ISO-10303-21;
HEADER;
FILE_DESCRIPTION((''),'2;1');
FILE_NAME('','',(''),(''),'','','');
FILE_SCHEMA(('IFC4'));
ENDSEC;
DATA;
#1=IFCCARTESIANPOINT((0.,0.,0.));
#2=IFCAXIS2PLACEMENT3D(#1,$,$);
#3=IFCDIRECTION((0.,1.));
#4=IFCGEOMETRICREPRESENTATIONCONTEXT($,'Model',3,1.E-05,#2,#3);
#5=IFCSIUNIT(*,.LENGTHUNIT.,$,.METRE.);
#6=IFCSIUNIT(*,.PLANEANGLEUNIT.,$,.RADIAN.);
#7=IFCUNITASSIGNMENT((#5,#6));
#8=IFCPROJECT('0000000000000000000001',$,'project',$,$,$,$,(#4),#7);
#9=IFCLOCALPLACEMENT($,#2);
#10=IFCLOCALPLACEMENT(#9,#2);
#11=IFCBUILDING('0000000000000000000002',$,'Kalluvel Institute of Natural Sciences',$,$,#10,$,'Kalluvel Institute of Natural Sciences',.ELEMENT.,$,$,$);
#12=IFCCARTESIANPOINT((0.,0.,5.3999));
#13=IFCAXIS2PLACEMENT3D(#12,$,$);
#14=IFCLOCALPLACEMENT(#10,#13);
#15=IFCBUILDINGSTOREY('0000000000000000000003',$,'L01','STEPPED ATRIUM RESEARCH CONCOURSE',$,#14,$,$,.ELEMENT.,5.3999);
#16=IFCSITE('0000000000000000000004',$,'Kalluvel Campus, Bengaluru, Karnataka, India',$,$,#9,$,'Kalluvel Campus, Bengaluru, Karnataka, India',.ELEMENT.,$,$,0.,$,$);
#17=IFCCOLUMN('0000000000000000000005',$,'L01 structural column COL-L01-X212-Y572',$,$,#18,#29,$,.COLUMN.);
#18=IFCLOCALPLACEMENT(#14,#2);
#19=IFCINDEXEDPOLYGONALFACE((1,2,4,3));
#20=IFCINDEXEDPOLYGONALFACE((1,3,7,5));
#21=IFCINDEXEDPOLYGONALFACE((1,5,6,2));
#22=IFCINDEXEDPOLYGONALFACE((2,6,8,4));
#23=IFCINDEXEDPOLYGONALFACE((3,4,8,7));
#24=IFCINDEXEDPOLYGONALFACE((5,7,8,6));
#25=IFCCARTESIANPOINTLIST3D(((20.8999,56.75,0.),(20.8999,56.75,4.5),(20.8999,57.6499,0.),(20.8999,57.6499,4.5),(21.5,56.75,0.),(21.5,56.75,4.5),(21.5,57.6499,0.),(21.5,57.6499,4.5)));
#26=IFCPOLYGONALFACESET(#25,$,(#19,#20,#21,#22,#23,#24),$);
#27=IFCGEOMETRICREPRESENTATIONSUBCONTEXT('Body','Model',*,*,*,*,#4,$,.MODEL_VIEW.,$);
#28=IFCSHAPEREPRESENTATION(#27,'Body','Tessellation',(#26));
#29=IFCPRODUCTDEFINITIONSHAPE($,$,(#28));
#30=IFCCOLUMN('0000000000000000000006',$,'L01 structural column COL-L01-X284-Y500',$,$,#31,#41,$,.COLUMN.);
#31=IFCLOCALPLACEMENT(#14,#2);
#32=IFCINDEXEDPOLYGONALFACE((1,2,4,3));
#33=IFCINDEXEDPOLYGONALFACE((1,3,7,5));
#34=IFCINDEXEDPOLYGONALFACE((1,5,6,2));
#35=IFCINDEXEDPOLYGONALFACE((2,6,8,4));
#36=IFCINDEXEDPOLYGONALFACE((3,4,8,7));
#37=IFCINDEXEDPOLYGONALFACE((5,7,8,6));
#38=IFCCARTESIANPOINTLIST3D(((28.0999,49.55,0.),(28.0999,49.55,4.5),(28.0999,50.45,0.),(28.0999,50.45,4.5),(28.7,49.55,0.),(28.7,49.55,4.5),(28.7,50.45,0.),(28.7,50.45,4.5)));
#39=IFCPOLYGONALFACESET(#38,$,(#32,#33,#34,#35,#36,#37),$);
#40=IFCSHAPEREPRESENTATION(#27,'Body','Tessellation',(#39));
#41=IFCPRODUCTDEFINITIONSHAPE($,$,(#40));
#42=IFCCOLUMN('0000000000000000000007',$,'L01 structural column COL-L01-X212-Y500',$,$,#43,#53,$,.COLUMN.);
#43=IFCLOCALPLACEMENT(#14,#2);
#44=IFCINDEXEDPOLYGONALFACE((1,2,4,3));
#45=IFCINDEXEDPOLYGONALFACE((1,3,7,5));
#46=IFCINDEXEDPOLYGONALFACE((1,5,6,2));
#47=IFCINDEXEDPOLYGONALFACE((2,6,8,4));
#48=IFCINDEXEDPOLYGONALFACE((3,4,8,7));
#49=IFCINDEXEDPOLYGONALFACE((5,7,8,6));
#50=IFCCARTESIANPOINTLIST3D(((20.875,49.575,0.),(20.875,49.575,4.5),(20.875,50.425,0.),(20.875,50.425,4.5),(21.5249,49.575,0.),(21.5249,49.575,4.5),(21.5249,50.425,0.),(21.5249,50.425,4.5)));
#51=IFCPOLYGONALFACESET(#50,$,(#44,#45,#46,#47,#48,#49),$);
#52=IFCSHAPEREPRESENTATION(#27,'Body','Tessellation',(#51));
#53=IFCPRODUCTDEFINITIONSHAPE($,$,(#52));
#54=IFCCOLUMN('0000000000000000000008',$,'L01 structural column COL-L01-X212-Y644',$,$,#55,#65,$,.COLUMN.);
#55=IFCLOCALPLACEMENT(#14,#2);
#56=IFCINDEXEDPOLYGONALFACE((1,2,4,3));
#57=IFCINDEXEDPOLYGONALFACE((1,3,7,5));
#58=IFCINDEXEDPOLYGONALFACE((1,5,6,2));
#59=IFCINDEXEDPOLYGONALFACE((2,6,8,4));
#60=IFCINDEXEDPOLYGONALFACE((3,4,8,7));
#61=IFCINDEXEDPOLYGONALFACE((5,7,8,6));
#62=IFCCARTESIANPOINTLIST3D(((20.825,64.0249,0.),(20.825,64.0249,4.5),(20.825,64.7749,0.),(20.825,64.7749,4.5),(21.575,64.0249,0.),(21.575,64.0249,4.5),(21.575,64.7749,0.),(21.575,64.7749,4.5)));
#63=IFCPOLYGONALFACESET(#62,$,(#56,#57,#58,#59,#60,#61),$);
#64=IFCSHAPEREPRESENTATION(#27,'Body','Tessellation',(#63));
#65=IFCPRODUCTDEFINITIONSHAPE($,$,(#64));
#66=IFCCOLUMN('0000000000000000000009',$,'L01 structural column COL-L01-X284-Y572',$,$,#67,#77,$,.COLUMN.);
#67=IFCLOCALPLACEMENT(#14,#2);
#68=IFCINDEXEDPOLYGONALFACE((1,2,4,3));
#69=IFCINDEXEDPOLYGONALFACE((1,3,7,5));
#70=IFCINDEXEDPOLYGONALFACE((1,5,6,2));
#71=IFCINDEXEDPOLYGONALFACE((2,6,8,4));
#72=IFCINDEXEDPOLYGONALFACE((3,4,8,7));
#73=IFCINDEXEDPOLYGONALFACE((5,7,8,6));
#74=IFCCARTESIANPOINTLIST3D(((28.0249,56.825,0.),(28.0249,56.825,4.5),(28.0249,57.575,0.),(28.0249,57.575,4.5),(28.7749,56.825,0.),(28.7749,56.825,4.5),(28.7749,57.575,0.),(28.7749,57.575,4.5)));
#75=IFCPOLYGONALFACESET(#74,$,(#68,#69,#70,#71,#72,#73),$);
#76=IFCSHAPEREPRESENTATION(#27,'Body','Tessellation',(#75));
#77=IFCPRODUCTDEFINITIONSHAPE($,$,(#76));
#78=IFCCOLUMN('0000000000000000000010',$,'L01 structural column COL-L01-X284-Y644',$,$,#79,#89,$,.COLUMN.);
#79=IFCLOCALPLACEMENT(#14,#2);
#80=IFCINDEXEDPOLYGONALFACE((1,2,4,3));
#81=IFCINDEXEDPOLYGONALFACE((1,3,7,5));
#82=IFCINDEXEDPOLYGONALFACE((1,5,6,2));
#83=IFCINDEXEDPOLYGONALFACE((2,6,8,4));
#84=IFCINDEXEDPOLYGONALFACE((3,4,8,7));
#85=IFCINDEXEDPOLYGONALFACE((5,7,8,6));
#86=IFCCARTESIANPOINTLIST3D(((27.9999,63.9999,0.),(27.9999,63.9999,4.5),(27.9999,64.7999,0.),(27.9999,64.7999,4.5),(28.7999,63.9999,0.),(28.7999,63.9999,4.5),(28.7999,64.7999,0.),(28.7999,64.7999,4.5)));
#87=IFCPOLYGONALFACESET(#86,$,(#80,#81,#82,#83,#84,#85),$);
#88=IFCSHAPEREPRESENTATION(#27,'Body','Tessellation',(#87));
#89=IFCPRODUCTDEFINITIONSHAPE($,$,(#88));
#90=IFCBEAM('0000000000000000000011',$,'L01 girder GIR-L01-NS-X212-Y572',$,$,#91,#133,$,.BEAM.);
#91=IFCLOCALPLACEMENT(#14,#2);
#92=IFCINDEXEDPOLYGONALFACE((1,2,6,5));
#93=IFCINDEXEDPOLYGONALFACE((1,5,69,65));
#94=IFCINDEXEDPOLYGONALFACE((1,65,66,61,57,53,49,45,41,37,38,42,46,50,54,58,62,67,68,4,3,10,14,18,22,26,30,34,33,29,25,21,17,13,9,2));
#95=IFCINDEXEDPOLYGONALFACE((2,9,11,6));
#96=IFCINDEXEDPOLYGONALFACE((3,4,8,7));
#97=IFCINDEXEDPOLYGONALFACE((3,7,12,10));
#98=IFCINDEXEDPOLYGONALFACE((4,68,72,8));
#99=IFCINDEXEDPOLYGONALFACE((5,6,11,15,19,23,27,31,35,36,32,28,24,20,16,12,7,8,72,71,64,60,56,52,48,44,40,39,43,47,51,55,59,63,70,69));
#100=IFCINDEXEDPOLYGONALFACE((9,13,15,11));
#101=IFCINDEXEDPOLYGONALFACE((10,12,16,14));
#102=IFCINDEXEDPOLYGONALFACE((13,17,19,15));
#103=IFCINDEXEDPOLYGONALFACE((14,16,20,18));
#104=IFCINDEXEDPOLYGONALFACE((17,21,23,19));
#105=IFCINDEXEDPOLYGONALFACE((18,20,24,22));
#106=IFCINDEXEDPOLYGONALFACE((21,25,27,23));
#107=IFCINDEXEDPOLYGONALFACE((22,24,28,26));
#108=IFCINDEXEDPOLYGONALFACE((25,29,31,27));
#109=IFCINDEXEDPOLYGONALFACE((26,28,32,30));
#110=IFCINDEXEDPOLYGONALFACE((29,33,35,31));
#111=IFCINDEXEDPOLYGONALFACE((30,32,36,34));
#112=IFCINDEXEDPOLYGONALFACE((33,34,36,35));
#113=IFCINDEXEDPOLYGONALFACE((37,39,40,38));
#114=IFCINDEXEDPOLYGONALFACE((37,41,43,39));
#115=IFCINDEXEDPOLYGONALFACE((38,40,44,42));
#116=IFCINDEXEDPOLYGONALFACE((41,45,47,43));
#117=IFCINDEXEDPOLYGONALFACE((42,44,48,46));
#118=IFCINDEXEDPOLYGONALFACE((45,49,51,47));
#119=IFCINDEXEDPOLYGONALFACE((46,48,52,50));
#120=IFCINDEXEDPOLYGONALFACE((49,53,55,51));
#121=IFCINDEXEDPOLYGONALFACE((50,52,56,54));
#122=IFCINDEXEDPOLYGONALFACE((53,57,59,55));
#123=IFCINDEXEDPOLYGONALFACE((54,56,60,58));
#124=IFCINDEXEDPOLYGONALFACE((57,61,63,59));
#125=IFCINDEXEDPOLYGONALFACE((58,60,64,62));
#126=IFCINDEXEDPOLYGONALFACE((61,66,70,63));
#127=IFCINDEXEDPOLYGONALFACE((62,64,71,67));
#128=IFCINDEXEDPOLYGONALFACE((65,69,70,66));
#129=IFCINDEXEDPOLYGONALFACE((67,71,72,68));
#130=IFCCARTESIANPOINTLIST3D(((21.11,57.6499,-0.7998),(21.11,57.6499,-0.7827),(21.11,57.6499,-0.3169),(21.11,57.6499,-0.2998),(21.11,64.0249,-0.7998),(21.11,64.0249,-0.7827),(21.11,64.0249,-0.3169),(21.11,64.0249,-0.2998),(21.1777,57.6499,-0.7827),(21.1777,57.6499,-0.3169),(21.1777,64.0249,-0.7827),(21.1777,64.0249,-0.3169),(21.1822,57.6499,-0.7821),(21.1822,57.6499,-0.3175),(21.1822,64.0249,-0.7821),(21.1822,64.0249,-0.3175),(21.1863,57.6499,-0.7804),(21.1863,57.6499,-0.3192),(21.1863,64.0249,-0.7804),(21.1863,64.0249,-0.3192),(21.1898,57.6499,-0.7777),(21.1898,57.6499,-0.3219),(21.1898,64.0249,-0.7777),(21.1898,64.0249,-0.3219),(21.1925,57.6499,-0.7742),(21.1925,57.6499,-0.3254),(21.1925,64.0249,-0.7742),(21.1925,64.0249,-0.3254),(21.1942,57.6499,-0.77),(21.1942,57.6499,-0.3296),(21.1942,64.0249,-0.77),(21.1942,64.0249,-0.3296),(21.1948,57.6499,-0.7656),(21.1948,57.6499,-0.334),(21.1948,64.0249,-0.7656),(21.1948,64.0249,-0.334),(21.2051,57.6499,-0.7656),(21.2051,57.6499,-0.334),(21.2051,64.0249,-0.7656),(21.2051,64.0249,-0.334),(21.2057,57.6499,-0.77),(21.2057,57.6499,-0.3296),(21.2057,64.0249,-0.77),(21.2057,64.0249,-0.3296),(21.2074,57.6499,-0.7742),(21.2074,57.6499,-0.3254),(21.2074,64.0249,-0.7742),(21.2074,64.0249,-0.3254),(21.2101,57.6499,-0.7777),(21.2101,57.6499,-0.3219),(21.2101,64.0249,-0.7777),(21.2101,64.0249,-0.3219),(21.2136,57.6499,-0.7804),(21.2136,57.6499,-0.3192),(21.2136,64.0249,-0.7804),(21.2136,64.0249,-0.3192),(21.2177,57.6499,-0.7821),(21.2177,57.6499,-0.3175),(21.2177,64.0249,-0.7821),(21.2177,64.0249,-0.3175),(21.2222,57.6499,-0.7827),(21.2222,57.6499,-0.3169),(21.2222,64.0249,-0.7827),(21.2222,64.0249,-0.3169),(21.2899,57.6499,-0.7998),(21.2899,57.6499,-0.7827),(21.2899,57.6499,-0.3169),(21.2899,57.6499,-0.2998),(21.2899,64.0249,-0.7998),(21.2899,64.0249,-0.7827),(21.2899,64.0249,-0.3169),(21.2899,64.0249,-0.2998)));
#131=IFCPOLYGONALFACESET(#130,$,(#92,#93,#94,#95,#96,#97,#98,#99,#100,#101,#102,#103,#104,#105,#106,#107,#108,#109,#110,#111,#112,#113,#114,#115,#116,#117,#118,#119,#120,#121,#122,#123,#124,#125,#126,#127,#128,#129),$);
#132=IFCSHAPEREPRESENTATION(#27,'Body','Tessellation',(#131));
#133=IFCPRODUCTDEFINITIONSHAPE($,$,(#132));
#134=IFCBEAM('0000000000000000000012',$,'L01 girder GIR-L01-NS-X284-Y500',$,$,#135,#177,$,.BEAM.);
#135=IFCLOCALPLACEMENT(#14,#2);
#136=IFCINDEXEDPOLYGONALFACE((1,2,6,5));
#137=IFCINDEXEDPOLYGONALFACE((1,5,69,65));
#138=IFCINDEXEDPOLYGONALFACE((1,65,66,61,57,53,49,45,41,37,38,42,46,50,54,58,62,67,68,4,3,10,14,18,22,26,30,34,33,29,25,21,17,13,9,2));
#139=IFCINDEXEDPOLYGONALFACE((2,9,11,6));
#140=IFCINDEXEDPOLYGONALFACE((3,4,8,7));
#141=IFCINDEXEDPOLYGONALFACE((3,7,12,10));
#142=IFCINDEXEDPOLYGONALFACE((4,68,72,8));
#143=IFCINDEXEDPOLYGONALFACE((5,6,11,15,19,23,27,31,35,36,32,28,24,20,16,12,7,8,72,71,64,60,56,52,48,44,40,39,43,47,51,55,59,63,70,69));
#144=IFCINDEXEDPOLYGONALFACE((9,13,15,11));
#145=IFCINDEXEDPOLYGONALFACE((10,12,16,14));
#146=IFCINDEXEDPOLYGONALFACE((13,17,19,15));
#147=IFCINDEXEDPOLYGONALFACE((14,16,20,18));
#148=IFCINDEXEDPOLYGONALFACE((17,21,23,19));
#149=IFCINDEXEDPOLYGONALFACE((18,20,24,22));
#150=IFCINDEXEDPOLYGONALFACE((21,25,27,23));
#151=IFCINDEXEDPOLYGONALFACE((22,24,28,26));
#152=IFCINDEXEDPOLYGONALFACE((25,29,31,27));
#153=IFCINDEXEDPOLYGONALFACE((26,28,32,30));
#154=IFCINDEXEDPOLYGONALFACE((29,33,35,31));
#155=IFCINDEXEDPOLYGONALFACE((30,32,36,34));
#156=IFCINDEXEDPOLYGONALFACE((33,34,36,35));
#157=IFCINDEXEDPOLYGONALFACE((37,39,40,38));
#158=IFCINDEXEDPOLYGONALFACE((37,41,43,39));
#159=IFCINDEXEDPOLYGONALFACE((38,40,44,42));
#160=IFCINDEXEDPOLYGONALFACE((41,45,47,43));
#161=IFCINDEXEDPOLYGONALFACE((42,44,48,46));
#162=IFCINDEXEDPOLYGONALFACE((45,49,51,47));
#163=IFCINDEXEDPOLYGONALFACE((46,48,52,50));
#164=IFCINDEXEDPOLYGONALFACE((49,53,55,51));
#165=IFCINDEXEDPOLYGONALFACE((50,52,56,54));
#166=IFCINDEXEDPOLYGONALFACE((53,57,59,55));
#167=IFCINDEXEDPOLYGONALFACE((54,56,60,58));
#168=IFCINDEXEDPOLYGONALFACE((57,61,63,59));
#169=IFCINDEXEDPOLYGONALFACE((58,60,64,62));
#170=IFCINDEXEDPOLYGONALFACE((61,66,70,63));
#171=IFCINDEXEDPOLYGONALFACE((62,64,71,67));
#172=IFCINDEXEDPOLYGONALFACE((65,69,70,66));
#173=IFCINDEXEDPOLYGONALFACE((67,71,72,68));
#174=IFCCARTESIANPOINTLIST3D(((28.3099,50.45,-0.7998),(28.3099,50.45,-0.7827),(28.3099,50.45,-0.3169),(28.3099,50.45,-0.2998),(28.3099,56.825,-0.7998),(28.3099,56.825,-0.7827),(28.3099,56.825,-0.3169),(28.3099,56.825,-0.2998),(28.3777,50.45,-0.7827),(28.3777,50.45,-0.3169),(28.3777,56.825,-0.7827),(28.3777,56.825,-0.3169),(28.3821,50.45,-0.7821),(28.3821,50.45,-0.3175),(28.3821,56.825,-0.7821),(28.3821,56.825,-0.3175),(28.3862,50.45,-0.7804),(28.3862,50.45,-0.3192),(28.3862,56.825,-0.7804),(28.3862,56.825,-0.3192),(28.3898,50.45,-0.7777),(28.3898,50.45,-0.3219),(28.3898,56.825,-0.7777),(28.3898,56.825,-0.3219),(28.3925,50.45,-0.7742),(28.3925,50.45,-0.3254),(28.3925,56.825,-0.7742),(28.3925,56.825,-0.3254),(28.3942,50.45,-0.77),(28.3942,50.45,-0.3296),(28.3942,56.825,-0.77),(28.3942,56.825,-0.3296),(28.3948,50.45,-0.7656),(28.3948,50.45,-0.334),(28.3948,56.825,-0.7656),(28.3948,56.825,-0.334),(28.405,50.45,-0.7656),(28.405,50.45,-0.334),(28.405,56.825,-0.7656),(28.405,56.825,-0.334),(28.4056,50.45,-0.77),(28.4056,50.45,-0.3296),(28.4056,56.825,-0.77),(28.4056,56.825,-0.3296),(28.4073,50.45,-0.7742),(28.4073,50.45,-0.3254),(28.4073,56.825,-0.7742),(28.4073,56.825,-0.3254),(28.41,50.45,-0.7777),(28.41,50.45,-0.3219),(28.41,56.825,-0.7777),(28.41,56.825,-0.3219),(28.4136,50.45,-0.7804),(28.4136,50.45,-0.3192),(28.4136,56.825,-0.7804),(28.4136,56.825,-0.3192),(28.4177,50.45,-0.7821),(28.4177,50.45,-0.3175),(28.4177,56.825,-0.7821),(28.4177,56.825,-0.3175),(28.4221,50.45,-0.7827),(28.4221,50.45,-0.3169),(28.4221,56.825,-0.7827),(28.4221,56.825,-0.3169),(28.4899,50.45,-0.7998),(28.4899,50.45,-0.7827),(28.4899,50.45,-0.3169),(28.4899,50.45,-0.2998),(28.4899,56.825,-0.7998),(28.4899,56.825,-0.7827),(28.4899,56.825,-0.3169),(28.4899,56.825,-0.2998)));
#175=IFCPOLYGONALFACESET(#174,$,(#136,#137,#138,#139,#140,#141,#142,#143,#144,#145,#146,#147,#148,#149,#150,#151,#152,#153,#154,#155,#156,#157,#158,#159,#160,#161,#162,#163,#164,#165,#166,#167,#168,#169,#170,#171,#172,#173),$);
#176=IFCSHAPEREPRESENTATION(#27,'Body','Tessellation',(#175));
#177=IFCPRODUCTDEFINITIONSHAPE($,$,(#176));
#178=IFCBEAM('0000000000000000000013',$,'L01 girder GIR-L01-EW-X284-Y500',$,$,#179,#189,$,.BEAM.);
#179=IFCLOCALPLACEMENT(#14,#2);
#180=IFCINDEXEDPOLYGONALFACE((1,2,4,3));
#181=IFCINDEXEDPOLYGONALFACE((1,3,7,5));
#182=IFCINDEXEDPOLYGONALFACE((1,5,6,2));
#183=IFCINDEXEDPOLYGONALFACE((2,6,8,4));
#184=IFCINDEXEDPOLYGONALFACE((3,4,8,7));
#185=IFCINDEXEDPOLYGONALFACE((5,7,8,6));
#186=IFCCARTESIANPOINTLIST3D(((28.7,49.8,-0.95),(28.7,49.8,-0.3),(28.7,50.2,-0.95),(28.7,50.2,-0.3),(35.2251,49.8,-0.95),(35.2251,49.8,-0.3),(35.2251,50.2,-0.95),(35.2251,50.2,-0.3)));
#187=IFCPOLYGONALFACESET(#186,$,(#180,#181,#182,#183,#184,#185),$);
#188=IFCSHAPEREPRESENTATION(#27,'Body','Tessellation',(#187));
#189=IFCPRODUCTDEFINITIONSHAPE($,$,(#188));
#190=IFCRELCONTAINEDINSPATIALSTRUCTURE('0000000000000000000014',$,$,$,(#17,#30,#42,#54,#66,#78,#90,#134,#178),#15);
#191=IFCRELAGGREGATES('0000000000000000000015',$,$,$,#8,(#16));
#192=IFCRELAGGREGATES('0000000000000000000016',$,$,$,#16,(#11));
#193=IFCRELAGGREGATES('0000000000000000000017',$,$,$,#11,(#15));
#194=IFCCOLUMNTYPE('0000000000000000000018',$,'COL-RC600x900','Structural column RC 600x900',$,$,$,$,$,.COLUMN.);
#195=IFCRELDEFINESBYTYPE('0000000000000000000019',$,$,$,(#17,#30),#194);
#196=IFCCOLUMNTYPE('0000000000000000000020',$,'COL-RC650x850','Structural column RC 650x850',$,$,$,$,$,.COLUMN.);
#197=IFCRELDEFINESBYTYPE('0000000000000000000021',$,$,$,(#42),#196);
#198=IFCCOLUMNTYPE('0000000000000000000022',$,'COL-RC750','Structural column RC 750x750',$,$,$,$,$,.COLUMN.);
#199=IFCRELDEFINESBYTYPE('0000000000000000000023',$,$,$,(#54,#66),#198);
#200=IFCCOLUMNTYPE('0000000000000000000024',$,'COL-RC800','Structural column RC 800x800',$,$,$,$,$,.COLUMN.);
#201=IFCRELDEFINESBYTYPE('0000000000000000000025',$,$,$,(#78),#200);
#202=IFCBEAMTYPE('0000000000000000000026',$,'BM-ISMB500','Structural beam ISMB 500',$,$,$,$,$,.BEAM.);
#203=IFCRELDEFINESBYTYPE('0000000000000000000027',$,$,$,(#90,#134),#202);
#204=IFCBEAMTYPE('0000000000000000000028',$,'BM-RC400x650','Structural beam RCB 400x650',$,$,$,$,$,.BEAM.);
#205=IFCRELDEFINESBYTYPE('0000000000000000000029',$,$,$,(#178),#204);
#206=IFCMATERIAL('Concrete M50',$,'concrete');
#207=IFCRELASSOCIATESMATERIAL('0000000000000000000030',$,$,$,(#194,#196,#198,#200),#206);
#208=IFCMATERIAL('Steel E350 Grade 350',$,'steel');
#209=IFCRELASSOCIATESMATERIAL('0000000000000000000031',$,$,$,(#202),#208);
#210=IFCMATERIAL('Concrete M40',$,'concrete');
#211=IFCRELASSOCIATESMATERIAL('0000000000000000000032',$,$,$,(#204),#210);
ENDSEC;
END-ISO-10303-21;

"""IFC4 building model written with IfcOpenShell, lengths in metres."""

from ifc_helpers import new_model, si_unit, direction, frame, origin, origin_2d, place, context, subcontext, project, spatial, rectangle, i_section, extrude, material, material_profile, profile_set, type_object, element, save


model = new_model("IFC4")

# Units and contexts
model_context = context("Model", 3, precision=1e-05, world=origin(), true_north=direction((0.0, 1.0)))
body_context = subcontext(model_context, "Body", "Model", "MODEL_VIEW")
ifc_project = project(units=[si_unit("LENGTHUNIT", "METRE"), si_unit("PLANEANGLEUNIT", "RADIAN")], contexts=[model_context])

# Site, building, storey
site_placement = place(None, origin())
site = spatial("IfcSite", under=ifc_project, at=site_placement, Name="Kalluvel Campus, Bengaluru, Karnataka, India", LongName="Kalluvel Campus, Bengaluru, Karnataka, India", CompositionType="ELEMENT", RefElevation=0.0)
building_placement = place(site_placement, origin())
building = spatial("IfcBuilding", under=site, at=building_placement, Name="Kalluvel Institute of Natural Sciences", LongName="Kalluvel Institute of Natural Sciences", CompositionType="ELEMENT")
storey_placement = place(building_placement, frame((0.0, 0.0, 5.3999)))
storey = spatial("IfcBuildingStorey", under=building, at=storey_placement, Name="L01", Description="STEPPED ATRIUM RESEARCH CONCOURSE", CompositionType="ELEMENT", Elevation=5.3999)

# Columns
ifc_material_1 = material(Name="Concrete M50", Category="concrete")
ifc_material_profile_1 = material_profile(ifc_material_1, rectangle(XDim=0.6001, YDim=0.8999, at=origin_2d()), Name="RC 600x900")
ifc_profile_set_1 = profile_set([ifc_material_profile_1], Name="Concrete M50")
column_type_1 = type_object("IfcColumnType", Name="COL-RC600x900", Description="Structural column RC 600x900", PredefinedType="COLUMN", material=ifc_profile_set_1)
for number, where, z_axis, x_axis, name in (
    (1, (21.2, 57.2, 0.0), (0.0, 0.0, 1.0), (1.0, 0.0, 0.0), "L01 structural column COL-L01-X212-Y572"),
    (2, (28.3999, 50.0, 0.0), (0.0, 0.0, 1.0), (1.0, 0.0, 0.0), "L01 structural column COL-L01-X284-Y500"),
):
    element("IfcColumn", number, at=place(storey_placement, frame(where, z_axis=z_axis, x_axis=x_axis)), inside=storey, type_object=column_type_1, Name=name, PredefinedType="COLUMN", context=body_context, shape_type="SweptSolid", body=[
        extrude(rectangle(XDim=0.6001, YDim=0.8999, at=origin_2d()), origin(), (0.0, 0.0, 1.0), 4.5),
    ])
ifc_material_profile_2 = material_profile(ifc_material_1, rectangle(XDim=0.6499, YDim=0.8501, at=origin_2d()), Name="RC 650x850")
ifc_profile_set_2 = profile_set([ifc_material_profile_2], Name="Concrete M50")
column_type_2 = type_object("IfcColumnType", Name="COL-RC650x850", Description="Structural column RC 650x850", PredefinedType="COLUMN", material=ifc_profile_set_2)
column_1_placement = place(storey_placement, frame((21.2, 50.0, 0.0), z_axis=(0.0, 0.0, 1.0), x_axis=(1.0, 0.0, 0.0)))
element("IfcColumn", 3, at=column_1_placement, inside=storey, type_object=column_type_2, Name="L01 structural column COL-L01-X212-Y500", PredefinedType="COLUMN", context=body_context, shape_type="SweptSolid", body=[
    extrude(rectangle(XDim=0.6499, YDim=0.8501, at=origin_2d()), origin(), (0.0, 0.0, 1.0), 4.5),
])
ifc_material_profile_3 = material_profile(ifc_material_1, rectangle(XDim=0.75, YDim=0.75, at=origin_2d()), Name="RC 750x750")
ifc_profile_set_3 = profile_set([ifc_material_profile_3], Name="Concrete M50")
column_type_3 = type_object("IfcColumnType", Name="COL-RC750", Description="Structural column RC 750x750", PredefinedType="COLUMN", material=ifc_profile_set_3)
for number, where, z_axis, x_axis, name in (
    (4, (21.2, 64.3999, 0.0), (0.0, 0.0, 1.0), (1.0, 0.0, 0.0), "L01 structural column COL-L01-X212-Y644"),
    (5, (28.3999, 57.2, 0.0), (0.0, 0.0, 1.0), (1.0, 0.0, 0.0), "L01 structural column COL-L01-X284-Y572"),
):
    element("IfcColumn", number, at=place(storey_placement, frame(where, z_axis=z_axis, x_axis=x_axis)), inside=storey, type_object=column_type_3, Name=name, PredefinedType="COLUMN", context=body_context, shape_type="SweptSolid", body=[
        extrude(rectangle(XDim=0.75, YDim=0.75, at=origin_2d()), origin(), (0.0, 0.0, 1.0), 4.5),
    ])
ifc_material_profile_4 = material_profile(ifc_material_1, rectangle(XDim=0.8, YDim=0.8, at=origin_2d()), Name="RC 800x800")
ifc_profile_set_4 = profile_set([ifc_material_profile_4], Name="Concrete M50")
column_type_4 = type_object("IfcColumnType", Name="COL-RC800", Description="Structural column RC 800x800", PredefinedType="COLUMN", material=ifc_profile_set_4)
column_2_placement = place(storey_placement, frame((28.3999, 64.3999, 0.0), z_axis=(0.0, 0.0, 1.0), x_axis=(1.0, 0.0, 0.0)))
element("IfcColumn", 6, at=column_2_placement, inside=storey, type_object=column_type_4, Name="L01 structural column COL-L01-X284-Y644", PredefinedType="COLUMN", context=body_context, shape_type="SweptSolid", body=[
    extrude(rectangle(XDim=0.8, YDim=0.8, at=origin_2d()), origin(), (0.0, 0.0, 1.0), 4.5),
])

# Beams
ifc_material_2 = material(Name="Steel E350 Grade 350", Category="steel")
ifc_material_profile_5 = material_profile(ifc_material_2, i_section(OverallWidth=0.1799, OverallDepth=0.5, WebThickness=0.0103, FlangeThickness=0.0171, FilletRadius=0.0171, at=origin_2d()), Name="ISMB 500")
ifc_profile_set_5 = profile_set([ifc_material_profile_5], Name="Steel E350 Grade 350")
beam_type_1 = type_object("IfcBeamType", Name="BM-ISMB500", Description="Structural beam ISMB 500", PredefinedType="BEAM", material=ifc_profile_set_5)
for number, where, z_axis, x_axis, name in (
    (7, (21.2, 57.6499, -0.5498), (0.0, 1.0, 0.0), (-1.0, 0.0, 0.0), "L01 girder GIR-L01-NS-X212-Y572"),
    (8, (28.3999, 50.45, -0.5498), (0.0, 1.0, 0.0), (-1.0, 0.0, 0.0), "L01 girder GIR-L01-NS-X284-Y500"),
):
    element("IfcBeam", number, at=place(storey_placement, frame(where, z_axis=z_axis, x_axis=x_axis)), inside=storey, type_object=beam_type_1, Name=name, PredefinedType="BEAM", context=body_context, shape_type="SweptSolid", body=[
        extrude(i_section(OverallWidth=0.1799, OverallDepth=0.5, WebThickness=0.0103, FlangeThickness=0.0171, FilletRadius=0.0171, at=origin_2d()), origin(), (0.0, 0.0, 1.0), 6.375),
    ])
ifc_material_3 = material(Name="Concrete M40", Category="concrete")
ifc_material_profile_6 = material_profile(ifc_material_3, rectangle(XDim=0.3999, YDim=0.6499, at=origin_2d()), Name="RCB 400x650")
ifc_profile_set_6 = profile_set([ifc_material_profile_6], Name="Concrete M40")
beam_type_2 = type_object("IfcBeamType", Name="BM-RC400x650", Description="Structural beam RCB 400x650", PredefinedType="BEAM", material=ifc_profile_set_6)
beam_1_placement = place(storey_placement, frame((28.7, 50.0, -0.625), z_axis=(1.0, 0.0, 0.0), x_axis=(0.0, 1.0, 0.0)))
element("IfcBeam", 9, at=beam_1_placement, inside=storey, type_object=beam_type_2, Name="L01 girder GIR-L01-EW-X284-Y500", PredefinedType="BEAM", context=body_context, shape_type="SweptSolid", body=[
    extrude(rectangle(XDim=0.3999, YDim=0.6499, at=origin_2d()), origin(), (0.0, 0.0, 1.0), 6.5251),
])

save(model, "model.ifc")
